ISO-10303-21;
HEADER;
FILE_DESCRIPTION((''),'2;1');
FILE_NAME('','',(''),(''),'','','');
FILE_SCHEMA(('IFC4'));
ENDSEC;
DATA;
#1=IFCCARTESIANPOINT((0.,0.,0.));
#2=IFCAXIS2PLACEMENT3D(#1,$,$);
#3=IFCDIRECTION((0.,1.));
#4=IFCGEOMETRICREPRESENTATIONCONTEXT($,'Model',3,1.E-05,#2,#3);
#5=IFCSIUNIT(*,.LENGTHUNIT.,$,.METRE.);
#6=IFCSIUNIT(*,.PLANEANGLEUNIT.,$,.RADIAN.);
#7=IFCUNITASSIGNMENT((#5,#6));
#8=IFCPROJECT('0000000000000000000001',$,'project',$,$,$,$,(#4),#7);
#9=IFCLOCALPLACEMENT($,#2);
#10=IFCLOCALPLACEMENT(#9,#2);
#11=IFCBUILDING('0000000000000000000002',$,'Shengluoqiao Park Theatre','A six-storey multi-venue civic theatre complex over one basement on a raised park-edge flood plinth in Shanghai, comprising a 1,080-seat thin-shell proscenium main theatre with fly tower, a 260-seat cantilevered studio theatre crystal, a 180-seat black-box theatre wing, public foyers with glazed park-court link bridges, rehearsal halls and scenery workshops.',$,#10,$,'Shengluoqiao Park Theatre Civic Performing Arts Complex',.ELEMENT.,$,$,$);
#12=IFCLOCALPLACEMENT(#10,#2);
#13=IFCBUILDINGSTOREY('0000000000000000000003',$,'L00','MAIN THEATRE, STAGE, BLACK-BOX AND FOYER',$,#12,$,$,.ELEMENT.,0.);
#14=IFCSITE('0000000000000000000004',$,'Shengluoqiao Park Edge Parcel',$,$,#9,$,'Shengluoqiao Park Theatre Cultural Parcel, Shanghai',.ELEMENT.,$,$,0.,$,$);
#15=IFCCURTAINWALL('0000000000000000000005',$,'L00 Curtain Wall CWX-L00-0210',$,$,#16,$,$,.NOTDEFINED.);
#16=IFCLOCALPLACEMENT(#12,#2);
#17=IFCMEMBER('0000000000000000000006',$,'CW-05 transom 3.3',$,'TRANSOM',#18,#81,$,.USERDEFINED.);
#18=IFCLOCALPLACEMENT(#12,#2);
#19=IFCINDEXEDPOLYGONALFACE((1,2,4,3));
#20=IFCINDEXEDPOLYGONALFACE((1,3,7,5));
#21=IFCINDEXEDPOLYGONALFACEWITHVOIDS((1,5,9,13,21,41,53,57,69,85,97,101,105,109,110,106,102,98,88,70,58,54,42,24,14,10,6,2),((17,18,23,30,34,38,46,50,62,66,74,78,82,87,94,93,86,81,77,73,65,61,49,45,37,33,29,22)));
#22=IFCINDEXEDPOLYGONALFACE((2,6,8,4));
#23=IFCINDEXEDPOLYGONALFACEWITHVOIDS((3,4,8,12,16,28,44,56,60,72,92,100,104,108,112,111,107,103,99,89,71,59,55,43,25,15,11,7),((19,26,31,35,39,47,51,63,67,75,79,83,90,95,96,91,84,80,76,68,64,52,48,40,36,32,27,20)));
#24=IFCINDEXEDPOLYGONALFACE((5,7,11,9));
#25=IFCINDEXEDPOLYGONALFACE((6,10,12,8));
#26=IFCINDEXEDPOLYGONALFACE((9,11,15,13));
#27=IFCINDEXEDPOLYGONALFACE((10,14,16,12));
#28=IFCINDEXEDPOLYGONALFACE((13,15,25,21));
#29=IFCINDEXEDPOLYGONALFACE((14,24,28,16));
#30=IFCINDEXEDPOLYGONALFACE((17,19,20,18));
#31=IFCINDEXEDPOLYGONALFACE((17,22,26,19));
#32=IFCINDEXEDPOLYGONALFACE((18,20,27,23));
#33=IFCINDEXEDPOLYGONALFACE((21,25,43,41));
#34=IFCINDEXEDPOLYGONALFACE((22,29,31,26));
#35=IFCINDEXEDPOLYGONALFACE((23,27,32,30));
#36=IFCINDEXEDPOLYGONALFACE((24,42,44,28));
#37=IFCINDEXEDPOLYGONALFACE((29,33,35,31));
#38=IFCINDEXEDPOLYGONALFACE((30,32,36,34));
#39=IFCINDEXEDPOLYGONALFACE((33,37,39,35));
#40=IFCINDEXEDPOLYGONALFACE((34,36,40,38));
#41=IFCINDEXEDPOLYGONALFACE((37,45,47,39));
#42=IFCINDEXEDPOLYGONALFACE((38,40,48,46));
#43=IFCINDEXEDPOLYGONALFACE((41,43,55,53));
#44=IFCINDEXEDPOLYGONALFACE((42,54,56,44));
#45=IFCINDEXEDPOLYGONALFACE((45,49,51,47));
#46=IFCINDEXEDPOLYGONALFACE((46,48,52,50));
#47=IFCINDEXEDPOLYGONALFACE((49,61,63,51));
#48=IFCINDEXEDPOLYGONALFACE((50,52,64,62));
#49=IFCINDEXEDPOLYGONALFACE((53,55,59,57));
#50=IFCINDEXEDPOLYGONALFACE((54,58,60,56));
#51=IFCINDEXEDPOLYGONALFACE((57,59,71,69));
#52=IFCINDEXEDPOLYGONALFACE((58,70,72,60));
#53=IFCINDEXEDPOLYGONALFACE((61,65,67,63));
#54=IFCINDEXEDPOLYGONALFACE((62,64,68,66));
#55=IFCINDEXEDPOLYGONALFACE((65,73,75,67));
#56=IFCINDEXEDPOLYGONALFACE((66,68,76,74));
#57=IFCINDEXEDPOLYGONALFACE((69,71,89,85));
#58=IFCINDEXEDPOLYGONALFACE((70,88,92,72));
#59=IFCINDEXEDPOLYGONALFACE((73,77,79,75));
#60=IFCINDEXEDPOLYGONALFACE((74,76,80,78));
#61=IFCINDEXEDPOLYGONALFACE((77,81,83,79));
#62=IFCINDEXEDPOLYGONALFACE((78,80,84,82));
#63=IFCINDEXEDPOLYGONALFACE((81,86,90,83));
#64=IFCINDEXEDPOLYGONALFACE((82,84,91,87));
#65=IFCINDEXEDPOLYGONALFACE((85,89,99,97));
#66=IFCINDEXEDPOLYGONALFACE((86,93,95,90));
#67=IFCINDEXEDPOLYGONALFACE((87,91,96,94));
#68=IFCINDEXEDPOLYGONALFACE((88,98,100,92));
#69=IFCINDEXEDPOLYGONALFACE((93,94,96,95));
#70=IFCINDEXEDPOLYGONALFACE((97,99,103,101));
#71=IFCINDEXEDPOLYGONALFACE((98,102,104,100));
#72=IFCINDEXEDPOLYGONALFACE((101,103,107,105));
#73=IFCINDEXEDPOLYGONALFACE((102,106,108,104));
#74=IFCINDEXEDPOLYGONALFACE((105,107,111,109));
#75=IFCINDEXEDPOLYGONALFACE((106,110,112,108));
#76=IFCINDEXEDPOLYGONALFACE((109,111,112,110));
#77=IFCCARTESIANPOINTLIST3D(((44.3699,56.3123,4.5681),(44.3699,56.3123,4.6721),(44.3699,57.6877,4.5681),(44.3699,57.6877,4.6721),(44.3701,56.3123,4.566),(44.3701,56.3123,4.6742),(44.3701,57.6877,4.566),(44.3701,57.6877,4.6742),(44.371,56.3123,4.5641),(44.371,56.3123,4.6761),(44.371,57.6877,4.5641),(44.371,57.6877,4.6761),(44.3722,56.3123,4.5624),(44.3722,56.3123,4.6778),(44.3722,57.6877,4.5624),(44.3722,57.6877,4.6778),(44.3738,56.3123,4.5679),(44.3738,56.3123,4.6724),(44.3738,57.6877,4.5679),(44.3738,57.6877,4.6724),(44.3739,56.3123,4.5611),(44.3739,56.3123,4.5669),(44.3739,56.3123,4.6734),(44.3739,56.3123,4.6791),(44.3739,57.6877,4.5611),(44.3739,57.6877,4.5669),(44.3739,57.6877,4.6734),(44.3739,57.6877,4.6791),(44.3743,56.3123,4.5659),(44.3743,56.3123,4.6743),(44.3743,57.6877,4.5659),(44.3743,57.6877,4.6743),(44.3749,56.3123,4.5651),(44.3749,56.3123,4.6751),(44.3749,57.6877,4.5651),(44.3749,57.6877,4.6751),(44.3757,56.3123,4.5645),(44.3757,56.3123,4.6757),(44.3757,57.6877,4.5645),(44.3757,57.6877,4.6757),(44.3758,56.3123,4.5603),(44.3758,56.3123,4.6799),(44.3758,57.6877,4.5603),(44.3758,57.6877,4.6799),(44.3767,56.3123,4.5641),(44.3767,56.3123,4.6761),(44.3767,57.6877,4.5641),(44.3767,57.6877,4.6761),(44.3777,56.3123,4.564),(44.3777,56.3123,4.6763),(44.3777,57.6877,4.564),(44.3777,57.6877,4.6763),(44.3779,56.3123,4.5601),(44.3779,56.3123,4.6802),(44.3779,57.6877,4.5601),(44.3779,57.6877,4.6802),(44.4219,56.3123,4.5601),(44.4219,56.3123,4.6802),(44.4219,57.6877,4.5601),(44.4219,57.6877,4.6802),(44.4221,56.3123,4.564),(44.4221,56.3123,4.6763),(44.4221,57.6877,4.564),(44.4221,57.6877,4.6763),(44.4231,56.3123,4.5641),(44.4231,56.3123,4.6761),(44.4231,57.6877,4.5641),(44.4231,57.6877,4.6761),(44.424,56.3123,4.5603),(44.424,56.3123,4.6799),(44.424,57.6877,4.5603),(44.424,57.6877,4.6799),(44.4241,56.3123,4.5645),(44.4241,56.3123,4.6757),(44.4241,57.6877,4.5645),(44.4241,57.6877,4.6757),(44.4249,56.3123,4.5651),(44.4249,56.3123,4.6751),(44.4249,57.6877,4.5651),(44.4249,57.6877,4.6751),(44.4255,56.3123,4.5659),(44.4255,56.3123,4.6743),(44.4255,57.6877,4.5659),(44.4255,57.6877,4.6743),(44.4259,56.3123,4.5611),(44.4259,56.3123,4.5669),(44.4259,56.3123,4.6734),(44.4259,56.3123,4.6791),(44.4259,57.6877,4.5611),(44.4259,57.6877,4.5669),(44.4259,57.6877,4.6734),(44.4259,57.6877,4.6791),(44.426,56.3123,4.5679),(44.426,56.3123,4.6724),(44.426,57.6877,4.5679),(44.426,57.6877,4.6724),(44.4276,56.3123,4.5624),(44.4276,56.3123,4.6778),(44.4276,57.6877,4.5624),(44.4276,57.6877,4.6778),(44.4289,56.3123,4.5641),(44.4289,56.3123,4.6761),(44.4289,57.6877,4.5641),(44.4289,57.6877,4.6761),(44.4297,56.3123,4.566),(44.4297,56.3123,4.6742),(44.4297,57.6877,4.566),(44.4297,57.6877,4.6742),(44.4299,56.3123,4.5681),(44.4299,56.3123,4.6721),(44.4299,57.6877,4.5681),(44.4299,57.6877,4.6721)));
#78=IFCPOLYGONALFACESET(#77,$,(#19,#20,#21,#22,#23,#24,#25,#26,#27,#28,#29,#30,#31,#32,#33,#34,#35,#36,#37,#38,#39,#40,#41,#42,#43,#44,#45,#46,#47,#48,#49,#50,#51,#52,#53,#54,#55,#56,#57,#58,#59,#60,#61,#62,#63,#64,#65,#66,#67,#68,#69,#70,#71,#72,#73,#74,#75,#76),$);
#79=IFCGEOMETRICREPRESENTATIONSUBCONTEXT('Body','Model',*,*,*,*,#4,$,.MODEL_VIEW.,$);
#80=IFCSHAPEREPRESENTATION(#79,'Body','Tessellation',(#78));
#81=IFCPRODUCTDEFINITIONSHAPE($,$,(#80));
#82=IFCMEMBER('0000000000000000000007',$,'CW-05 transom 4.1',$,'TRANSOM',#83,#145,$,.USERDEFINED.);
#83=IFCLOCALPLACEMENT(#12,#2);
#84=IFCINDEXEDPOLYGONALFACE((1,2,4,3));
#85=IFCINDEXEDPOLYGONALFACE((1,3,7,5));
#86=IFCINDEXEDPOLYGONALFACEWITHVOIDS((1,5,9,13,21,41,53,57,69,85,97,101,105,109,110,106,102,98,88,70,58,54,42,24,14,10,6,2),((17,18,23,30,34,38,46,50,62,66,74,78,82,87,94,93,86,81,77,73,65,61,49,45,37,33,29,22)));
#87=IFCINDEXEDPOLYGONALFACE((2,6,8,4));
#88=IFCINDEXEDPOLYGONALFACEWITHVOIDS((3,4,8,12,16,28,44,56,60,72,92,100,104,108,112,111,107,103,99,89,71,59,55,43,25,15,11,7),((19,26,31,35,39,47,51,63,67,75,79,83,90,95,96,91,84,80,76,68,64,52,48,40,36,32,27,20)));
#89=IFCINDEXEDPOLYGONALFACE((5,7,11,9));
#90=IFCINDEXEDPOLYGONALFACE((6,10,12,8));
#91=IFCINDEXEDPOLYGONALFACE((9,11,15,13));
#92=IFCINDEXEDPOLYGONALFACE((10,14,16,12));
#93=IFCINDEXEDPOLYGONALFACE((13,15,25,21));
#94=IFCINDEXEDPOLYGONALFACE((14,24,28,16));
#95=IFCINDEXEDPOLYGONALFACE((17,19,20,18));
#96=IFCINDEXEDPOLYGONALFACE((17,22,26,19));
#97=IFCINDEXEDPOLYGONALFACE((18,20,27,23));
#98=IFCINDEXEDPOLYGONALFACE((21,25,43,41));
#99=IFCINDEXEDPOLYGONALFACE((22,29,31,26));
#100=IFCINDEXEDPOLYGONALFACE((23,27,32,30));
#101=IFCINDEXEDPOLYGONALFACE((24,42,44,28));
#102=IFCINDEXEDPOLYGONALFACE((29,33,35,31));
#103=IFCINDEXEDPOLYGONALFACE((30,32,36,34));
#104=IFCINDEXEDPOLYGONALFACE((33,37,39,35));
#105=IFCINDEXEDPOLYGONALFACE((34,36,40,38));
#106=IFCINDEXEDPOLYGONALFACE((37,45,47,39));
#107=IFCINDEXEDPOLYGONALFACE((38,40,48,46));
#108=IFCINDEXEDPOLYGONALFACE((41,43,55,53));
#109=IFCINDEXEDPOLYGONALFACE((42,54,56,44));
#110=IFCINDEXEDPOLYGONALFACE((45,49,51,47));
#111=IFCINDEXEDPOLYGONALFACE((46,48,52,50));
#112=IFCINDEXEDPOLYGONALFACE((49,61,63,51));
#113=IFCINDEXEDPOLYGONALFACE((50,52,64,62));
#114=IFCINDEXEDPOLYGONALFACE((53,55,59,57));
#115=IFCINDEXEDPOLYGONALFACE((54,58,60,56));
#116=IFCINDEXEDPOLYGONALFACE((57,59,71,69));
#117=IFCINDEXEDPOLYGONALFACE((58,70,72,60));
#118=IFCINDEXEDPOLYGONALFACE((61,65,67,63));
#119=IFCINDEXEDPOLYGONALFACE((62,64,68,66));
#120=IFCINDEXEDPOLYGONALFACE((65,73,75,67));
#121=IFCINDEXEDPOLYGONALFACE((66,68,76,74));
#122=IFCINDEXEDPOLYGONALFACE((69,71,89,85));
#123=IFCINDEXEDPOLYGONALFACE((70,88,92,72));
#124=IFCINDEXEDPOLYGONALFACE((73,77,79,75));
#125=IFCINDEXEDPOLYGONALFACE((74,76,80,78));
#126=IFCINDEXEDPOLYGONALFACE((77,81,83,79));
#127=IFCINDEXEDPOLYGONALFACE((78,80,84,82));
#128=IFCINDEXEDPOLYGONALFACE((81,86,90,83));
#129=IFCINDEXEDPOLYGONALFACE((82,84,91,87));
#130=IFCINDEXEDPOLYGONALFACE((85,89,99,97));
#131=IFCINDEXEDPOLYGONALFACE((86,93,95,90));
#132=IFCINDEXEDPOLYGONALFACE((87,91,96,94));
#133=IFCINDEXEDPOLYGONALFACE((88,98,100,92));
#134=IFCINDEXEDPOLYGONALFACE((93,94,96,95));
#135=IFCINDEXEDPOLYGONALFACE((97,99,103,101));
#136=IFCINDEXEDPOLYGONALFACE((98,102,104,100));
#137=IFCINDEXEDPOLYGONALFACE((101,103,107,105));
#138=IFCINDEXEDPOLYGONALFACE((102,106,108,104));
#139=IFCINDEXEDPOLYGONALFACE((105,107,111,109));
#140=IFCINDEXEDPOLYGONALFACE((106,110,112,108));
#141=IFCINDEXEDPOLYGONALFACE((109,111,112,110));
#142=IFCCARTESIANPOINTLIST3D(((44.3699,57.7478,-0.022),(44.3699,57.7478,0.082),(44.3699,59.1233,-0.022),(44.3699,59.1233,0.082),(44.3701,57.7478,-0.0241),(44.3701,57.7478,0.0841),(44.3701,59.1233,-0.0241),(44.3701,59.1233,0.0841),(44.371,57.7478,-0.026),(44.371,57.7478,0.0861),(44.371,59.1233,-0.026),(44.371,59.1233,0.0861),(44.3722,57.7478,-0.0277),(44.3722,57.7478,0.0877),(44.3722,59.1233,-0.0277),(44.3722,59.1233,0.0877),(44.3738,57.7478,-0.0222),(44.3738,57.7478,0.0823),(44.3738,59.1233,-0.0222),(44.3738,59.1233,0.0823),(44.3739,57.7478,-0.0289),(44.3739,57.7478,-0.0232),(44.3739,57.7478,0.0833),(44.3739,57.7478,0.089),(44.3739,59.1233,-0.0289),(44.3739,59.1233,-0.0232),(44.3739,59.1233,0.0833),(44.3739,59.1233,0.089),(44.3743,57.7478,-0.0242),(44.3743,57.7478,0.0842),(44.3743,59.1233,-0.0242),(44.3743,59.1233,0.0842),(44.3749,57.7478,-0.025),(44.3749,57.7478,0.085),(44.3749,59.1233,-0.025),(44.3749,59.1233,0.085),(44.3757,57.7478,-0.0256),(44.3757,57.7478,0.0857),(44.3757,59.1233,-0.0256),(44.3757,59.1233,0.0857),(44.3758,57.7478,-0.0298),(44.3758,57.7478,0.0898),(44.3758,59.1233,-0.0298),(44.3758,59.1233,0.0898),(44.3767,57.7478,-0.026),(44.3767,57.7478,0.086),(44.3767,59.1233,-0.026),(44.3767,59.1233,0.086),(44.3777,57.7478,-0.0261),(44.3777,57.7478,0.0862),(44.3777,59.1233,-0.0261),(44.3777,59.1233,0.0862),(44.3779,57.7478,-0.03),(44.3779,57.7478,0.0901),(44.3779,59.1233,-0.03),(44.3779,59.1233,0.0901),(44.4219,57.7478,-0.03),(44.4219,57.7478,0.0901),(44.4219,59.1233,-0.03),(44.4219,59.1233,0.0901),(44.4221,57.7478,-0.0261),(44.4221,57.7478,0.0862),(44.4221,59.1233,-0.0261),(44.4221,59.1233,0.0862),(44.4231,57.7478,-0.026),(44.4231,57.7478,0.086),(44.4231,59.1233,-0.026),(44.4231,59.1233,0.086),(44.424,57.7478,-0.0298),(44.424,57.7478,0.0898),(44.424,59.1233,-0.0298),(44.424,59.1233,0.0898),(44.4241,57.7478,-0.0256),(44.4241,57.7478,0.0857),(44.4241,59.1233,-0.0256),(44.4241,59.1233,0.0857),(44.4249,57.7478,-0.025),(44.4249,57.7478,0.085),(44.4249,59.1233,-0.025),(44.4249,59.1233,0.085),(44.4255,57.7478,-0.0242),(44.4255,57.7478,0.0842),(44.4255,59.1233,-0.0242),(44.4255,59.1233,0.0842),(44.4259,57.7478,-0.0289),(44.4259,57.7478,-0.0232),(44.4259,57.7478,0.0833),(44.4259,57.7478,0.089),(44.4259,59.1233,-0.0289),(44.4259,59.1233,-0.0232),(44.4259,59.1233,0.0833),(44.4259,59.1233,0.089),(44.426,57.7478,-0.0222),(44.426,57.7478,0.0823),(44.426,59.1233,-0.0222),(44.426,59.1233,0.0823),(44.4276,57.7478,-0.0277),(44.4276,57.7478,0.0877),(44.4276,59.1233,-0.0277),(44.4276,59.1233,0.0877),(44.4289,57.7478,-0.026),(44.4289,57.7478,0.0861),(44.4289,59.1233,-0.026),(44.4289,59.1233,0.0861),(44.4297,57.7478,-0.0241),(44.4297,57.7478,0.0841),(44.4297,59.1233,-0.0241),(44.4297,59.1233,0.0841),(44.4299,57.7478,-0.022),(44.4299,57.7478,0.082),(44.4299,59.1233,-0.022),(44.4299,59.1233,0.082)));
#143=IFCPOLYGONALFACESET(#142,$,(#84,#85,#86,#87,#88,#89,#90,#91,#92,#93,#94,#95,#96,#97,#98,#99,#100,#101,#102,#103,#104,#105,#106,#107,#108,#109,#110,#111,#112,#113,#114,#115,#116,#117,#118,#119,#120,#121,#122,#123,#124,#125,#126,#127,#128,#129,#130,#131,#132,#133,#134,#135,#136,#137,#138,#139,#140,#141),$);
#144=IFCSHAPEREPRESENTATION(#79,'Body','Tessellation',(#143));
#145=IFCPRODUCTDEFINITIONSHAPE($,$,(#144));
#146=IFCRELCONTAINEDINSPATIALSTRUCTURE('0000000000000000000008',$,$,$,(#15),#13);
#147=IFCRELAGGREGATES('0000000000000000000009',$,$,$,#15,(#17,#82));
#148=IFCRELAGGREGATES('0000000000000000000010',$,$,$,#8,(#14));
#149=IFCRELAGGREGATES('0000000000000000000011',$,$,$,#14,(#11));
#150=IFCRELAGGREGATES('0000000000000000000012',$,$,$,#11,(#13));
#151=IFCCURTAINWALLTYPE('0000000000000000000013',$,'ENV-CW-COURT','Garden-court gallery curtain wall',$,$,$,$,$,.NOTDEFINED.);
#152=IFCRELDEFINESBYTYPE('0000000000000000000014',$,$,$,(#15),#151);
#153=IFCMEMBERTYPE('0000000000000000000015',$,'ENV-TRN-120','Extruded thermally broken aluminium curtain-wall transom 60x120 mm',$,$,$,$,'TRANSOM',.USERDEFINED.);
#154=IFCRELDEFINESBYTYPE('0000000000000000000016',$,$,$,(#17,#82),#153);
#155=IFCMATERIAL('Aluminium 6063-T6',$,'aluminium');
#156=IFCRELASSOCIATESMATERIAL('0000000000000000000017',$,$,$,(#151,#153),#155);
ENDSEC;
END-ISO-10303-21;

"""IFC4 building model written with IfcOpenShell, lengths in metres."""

from ifc_helpers import new_model, si_unit, direction, frame, origin, origin_2d, place, context, subcontext, project, spatial, hollow_rectangle, extrude, material, material_profile, profile_set, type_object, element, aggregate, save


model = new_model("IFC4")

# Units and contexts
model_context = context("Model", 3, precision=1e-05, world=origin(), true_north=direction((0.0, 1.0)))
body_context = subcontext(model_context, "Body", "Model", "MODEL_VIEW")
ifc_project = project(units=[si_unit("LENGTHUNIT", "METRE"), si_unit("PLANEANGLEUNIT", "RADIAN")], contexts=[model_context])

# Site, building, storey
site_placement = place(None, origin())
site = spatial("IfcSite", under=ifc_project, at=site_placement, Name="Shengluoqiao Park Edge Parcel", LongName="Shengluoqiao Park Theatre Cultural Parcel, Shanghai", CompositionType="ELEMENT", RefElevation=0.0)
building_placement = place(site_placement, origin())
building = spatial("IfcBuilding", under=site, at=building_placement, Name="Shengluoqiao Park Theatre", Description="A six-storey multi-venue civic theatre complex over one basement on a raised park-edge flood plinth in Shanghai, comprising a 1,080-seat thin-shell proscenium main theatre with fly tower, a 260-seat cantilevered studio theatre crystal, a 180-seat black-box theatre wing, public foyers with glazed park-court link bridges, rehearsal halls and scenery workshops.", LongName="Shengluoqiao Park Theatre Civic Performing Arts Complex", CompositionType="ELEMENT")
storey_placement = place(building_placement, origin())
storey = spatial("IfcBuildingStorey", under=building, at=storey_placement, Name="L00", Description="MAIN THEATRE, STAGE, BLACK-BOX AND FOYER", CompositionType="ELEMENT", Elevation=0.0)

# Curtain wall, members
ifc_material_1 = material(Name="Aluminium 6063-T6", Category="aluminium")
curtain_wall_type = type_object("IfcCurtainWallType", Name="ENV-CW-COURT", Description="Garden-court gallery curtain wall", PredefinedType="NOTDEFINED", material=ifc_material_1)
curtain_wall_placement = place(storey_placement, origin())
curtain_wall = element("IfcCurtainWall", 1, at=curtain_wall_placement, inside=storey, type_object=curtain_wall_type, Name="L00 Curtain Wall CWX-L00-0210", PredefinedType="NOTDEFINED")
ifc_material_profile_1 = material_profile(ifc_material_1, hollow_rectangle(XDim=0.0601, YDim=0.1201, WallThickness=0.0039, InnerFilletRadius=0.0039, OuterFilletRadius=0.0081, at=origin_2d()), Name="ALU TRANSOM 120x60x4")
ifc_profile_set_1 = profile_set([ifc_material_profile_1], Name="Aluminium 6063-T6")
member_type_1 = type_object("IfcMemberType", Name="ENV-TRN-120", Description="Extruded thermally broken aluminium curtain-wall transom 60x120 mm", ElementType="TRANSOM", PredefinedType="USERDEFINED", material=ifc_profile_set_1)
member_1_placement = place(storey_placement, frame((44.3999, 56.3123, 4.6201), z_axis=(0.0, 1.0, 0.0), x_axis=(-1.0, 0.0, 0.0)))
member_1 = element("IfcMember", 2, at=member_1_placement, type_object=member_type_1, Name="CW-05 transom 3.3", ObjectType="TRANSOM", PredefinedType="USERDEFINED", context=body_context, shape_type="SweptSolid", body=[
    extrude(hollow_rectangle(XDim=0.0601, YDim=0.1201, WallThickness=0.0039, InnerFilletRadius=0.0039, OuterFilletRadius=0.0081, at=origin_2d()), origin(), (0.0, 0.0, 1.0), 1.3755),
])
member_2_placement = place(storey_placement, frame((44.3999, 57.7478, 0.03), z_axis=(0.0, 1.0, 0.0), x_axis=(-1.0, 0.0, 0.0)))
member_2 = element("IfcMember", 3, at=member_2_placement, type_object=member_type_1, Name="CW-05 transom 4.1", ObjectType="TRANSOM", PredefinedType="USERDEFINED", context=body_context, shape_type="SweptSolid", body=[
    extrude(hollow_rectangle(XDim=0.0601, YDim=0.1201, WallThickness=0.0039, InnerFilletRadius=0.0039, OuterFilletRadius=0.0081, at=origin_2d()), origin(), (0.0, 0.0, 1.0), 1.3755),
])
aggregate(curtain_wall, [member_1, member_2])

save(model, "model.ifc")
